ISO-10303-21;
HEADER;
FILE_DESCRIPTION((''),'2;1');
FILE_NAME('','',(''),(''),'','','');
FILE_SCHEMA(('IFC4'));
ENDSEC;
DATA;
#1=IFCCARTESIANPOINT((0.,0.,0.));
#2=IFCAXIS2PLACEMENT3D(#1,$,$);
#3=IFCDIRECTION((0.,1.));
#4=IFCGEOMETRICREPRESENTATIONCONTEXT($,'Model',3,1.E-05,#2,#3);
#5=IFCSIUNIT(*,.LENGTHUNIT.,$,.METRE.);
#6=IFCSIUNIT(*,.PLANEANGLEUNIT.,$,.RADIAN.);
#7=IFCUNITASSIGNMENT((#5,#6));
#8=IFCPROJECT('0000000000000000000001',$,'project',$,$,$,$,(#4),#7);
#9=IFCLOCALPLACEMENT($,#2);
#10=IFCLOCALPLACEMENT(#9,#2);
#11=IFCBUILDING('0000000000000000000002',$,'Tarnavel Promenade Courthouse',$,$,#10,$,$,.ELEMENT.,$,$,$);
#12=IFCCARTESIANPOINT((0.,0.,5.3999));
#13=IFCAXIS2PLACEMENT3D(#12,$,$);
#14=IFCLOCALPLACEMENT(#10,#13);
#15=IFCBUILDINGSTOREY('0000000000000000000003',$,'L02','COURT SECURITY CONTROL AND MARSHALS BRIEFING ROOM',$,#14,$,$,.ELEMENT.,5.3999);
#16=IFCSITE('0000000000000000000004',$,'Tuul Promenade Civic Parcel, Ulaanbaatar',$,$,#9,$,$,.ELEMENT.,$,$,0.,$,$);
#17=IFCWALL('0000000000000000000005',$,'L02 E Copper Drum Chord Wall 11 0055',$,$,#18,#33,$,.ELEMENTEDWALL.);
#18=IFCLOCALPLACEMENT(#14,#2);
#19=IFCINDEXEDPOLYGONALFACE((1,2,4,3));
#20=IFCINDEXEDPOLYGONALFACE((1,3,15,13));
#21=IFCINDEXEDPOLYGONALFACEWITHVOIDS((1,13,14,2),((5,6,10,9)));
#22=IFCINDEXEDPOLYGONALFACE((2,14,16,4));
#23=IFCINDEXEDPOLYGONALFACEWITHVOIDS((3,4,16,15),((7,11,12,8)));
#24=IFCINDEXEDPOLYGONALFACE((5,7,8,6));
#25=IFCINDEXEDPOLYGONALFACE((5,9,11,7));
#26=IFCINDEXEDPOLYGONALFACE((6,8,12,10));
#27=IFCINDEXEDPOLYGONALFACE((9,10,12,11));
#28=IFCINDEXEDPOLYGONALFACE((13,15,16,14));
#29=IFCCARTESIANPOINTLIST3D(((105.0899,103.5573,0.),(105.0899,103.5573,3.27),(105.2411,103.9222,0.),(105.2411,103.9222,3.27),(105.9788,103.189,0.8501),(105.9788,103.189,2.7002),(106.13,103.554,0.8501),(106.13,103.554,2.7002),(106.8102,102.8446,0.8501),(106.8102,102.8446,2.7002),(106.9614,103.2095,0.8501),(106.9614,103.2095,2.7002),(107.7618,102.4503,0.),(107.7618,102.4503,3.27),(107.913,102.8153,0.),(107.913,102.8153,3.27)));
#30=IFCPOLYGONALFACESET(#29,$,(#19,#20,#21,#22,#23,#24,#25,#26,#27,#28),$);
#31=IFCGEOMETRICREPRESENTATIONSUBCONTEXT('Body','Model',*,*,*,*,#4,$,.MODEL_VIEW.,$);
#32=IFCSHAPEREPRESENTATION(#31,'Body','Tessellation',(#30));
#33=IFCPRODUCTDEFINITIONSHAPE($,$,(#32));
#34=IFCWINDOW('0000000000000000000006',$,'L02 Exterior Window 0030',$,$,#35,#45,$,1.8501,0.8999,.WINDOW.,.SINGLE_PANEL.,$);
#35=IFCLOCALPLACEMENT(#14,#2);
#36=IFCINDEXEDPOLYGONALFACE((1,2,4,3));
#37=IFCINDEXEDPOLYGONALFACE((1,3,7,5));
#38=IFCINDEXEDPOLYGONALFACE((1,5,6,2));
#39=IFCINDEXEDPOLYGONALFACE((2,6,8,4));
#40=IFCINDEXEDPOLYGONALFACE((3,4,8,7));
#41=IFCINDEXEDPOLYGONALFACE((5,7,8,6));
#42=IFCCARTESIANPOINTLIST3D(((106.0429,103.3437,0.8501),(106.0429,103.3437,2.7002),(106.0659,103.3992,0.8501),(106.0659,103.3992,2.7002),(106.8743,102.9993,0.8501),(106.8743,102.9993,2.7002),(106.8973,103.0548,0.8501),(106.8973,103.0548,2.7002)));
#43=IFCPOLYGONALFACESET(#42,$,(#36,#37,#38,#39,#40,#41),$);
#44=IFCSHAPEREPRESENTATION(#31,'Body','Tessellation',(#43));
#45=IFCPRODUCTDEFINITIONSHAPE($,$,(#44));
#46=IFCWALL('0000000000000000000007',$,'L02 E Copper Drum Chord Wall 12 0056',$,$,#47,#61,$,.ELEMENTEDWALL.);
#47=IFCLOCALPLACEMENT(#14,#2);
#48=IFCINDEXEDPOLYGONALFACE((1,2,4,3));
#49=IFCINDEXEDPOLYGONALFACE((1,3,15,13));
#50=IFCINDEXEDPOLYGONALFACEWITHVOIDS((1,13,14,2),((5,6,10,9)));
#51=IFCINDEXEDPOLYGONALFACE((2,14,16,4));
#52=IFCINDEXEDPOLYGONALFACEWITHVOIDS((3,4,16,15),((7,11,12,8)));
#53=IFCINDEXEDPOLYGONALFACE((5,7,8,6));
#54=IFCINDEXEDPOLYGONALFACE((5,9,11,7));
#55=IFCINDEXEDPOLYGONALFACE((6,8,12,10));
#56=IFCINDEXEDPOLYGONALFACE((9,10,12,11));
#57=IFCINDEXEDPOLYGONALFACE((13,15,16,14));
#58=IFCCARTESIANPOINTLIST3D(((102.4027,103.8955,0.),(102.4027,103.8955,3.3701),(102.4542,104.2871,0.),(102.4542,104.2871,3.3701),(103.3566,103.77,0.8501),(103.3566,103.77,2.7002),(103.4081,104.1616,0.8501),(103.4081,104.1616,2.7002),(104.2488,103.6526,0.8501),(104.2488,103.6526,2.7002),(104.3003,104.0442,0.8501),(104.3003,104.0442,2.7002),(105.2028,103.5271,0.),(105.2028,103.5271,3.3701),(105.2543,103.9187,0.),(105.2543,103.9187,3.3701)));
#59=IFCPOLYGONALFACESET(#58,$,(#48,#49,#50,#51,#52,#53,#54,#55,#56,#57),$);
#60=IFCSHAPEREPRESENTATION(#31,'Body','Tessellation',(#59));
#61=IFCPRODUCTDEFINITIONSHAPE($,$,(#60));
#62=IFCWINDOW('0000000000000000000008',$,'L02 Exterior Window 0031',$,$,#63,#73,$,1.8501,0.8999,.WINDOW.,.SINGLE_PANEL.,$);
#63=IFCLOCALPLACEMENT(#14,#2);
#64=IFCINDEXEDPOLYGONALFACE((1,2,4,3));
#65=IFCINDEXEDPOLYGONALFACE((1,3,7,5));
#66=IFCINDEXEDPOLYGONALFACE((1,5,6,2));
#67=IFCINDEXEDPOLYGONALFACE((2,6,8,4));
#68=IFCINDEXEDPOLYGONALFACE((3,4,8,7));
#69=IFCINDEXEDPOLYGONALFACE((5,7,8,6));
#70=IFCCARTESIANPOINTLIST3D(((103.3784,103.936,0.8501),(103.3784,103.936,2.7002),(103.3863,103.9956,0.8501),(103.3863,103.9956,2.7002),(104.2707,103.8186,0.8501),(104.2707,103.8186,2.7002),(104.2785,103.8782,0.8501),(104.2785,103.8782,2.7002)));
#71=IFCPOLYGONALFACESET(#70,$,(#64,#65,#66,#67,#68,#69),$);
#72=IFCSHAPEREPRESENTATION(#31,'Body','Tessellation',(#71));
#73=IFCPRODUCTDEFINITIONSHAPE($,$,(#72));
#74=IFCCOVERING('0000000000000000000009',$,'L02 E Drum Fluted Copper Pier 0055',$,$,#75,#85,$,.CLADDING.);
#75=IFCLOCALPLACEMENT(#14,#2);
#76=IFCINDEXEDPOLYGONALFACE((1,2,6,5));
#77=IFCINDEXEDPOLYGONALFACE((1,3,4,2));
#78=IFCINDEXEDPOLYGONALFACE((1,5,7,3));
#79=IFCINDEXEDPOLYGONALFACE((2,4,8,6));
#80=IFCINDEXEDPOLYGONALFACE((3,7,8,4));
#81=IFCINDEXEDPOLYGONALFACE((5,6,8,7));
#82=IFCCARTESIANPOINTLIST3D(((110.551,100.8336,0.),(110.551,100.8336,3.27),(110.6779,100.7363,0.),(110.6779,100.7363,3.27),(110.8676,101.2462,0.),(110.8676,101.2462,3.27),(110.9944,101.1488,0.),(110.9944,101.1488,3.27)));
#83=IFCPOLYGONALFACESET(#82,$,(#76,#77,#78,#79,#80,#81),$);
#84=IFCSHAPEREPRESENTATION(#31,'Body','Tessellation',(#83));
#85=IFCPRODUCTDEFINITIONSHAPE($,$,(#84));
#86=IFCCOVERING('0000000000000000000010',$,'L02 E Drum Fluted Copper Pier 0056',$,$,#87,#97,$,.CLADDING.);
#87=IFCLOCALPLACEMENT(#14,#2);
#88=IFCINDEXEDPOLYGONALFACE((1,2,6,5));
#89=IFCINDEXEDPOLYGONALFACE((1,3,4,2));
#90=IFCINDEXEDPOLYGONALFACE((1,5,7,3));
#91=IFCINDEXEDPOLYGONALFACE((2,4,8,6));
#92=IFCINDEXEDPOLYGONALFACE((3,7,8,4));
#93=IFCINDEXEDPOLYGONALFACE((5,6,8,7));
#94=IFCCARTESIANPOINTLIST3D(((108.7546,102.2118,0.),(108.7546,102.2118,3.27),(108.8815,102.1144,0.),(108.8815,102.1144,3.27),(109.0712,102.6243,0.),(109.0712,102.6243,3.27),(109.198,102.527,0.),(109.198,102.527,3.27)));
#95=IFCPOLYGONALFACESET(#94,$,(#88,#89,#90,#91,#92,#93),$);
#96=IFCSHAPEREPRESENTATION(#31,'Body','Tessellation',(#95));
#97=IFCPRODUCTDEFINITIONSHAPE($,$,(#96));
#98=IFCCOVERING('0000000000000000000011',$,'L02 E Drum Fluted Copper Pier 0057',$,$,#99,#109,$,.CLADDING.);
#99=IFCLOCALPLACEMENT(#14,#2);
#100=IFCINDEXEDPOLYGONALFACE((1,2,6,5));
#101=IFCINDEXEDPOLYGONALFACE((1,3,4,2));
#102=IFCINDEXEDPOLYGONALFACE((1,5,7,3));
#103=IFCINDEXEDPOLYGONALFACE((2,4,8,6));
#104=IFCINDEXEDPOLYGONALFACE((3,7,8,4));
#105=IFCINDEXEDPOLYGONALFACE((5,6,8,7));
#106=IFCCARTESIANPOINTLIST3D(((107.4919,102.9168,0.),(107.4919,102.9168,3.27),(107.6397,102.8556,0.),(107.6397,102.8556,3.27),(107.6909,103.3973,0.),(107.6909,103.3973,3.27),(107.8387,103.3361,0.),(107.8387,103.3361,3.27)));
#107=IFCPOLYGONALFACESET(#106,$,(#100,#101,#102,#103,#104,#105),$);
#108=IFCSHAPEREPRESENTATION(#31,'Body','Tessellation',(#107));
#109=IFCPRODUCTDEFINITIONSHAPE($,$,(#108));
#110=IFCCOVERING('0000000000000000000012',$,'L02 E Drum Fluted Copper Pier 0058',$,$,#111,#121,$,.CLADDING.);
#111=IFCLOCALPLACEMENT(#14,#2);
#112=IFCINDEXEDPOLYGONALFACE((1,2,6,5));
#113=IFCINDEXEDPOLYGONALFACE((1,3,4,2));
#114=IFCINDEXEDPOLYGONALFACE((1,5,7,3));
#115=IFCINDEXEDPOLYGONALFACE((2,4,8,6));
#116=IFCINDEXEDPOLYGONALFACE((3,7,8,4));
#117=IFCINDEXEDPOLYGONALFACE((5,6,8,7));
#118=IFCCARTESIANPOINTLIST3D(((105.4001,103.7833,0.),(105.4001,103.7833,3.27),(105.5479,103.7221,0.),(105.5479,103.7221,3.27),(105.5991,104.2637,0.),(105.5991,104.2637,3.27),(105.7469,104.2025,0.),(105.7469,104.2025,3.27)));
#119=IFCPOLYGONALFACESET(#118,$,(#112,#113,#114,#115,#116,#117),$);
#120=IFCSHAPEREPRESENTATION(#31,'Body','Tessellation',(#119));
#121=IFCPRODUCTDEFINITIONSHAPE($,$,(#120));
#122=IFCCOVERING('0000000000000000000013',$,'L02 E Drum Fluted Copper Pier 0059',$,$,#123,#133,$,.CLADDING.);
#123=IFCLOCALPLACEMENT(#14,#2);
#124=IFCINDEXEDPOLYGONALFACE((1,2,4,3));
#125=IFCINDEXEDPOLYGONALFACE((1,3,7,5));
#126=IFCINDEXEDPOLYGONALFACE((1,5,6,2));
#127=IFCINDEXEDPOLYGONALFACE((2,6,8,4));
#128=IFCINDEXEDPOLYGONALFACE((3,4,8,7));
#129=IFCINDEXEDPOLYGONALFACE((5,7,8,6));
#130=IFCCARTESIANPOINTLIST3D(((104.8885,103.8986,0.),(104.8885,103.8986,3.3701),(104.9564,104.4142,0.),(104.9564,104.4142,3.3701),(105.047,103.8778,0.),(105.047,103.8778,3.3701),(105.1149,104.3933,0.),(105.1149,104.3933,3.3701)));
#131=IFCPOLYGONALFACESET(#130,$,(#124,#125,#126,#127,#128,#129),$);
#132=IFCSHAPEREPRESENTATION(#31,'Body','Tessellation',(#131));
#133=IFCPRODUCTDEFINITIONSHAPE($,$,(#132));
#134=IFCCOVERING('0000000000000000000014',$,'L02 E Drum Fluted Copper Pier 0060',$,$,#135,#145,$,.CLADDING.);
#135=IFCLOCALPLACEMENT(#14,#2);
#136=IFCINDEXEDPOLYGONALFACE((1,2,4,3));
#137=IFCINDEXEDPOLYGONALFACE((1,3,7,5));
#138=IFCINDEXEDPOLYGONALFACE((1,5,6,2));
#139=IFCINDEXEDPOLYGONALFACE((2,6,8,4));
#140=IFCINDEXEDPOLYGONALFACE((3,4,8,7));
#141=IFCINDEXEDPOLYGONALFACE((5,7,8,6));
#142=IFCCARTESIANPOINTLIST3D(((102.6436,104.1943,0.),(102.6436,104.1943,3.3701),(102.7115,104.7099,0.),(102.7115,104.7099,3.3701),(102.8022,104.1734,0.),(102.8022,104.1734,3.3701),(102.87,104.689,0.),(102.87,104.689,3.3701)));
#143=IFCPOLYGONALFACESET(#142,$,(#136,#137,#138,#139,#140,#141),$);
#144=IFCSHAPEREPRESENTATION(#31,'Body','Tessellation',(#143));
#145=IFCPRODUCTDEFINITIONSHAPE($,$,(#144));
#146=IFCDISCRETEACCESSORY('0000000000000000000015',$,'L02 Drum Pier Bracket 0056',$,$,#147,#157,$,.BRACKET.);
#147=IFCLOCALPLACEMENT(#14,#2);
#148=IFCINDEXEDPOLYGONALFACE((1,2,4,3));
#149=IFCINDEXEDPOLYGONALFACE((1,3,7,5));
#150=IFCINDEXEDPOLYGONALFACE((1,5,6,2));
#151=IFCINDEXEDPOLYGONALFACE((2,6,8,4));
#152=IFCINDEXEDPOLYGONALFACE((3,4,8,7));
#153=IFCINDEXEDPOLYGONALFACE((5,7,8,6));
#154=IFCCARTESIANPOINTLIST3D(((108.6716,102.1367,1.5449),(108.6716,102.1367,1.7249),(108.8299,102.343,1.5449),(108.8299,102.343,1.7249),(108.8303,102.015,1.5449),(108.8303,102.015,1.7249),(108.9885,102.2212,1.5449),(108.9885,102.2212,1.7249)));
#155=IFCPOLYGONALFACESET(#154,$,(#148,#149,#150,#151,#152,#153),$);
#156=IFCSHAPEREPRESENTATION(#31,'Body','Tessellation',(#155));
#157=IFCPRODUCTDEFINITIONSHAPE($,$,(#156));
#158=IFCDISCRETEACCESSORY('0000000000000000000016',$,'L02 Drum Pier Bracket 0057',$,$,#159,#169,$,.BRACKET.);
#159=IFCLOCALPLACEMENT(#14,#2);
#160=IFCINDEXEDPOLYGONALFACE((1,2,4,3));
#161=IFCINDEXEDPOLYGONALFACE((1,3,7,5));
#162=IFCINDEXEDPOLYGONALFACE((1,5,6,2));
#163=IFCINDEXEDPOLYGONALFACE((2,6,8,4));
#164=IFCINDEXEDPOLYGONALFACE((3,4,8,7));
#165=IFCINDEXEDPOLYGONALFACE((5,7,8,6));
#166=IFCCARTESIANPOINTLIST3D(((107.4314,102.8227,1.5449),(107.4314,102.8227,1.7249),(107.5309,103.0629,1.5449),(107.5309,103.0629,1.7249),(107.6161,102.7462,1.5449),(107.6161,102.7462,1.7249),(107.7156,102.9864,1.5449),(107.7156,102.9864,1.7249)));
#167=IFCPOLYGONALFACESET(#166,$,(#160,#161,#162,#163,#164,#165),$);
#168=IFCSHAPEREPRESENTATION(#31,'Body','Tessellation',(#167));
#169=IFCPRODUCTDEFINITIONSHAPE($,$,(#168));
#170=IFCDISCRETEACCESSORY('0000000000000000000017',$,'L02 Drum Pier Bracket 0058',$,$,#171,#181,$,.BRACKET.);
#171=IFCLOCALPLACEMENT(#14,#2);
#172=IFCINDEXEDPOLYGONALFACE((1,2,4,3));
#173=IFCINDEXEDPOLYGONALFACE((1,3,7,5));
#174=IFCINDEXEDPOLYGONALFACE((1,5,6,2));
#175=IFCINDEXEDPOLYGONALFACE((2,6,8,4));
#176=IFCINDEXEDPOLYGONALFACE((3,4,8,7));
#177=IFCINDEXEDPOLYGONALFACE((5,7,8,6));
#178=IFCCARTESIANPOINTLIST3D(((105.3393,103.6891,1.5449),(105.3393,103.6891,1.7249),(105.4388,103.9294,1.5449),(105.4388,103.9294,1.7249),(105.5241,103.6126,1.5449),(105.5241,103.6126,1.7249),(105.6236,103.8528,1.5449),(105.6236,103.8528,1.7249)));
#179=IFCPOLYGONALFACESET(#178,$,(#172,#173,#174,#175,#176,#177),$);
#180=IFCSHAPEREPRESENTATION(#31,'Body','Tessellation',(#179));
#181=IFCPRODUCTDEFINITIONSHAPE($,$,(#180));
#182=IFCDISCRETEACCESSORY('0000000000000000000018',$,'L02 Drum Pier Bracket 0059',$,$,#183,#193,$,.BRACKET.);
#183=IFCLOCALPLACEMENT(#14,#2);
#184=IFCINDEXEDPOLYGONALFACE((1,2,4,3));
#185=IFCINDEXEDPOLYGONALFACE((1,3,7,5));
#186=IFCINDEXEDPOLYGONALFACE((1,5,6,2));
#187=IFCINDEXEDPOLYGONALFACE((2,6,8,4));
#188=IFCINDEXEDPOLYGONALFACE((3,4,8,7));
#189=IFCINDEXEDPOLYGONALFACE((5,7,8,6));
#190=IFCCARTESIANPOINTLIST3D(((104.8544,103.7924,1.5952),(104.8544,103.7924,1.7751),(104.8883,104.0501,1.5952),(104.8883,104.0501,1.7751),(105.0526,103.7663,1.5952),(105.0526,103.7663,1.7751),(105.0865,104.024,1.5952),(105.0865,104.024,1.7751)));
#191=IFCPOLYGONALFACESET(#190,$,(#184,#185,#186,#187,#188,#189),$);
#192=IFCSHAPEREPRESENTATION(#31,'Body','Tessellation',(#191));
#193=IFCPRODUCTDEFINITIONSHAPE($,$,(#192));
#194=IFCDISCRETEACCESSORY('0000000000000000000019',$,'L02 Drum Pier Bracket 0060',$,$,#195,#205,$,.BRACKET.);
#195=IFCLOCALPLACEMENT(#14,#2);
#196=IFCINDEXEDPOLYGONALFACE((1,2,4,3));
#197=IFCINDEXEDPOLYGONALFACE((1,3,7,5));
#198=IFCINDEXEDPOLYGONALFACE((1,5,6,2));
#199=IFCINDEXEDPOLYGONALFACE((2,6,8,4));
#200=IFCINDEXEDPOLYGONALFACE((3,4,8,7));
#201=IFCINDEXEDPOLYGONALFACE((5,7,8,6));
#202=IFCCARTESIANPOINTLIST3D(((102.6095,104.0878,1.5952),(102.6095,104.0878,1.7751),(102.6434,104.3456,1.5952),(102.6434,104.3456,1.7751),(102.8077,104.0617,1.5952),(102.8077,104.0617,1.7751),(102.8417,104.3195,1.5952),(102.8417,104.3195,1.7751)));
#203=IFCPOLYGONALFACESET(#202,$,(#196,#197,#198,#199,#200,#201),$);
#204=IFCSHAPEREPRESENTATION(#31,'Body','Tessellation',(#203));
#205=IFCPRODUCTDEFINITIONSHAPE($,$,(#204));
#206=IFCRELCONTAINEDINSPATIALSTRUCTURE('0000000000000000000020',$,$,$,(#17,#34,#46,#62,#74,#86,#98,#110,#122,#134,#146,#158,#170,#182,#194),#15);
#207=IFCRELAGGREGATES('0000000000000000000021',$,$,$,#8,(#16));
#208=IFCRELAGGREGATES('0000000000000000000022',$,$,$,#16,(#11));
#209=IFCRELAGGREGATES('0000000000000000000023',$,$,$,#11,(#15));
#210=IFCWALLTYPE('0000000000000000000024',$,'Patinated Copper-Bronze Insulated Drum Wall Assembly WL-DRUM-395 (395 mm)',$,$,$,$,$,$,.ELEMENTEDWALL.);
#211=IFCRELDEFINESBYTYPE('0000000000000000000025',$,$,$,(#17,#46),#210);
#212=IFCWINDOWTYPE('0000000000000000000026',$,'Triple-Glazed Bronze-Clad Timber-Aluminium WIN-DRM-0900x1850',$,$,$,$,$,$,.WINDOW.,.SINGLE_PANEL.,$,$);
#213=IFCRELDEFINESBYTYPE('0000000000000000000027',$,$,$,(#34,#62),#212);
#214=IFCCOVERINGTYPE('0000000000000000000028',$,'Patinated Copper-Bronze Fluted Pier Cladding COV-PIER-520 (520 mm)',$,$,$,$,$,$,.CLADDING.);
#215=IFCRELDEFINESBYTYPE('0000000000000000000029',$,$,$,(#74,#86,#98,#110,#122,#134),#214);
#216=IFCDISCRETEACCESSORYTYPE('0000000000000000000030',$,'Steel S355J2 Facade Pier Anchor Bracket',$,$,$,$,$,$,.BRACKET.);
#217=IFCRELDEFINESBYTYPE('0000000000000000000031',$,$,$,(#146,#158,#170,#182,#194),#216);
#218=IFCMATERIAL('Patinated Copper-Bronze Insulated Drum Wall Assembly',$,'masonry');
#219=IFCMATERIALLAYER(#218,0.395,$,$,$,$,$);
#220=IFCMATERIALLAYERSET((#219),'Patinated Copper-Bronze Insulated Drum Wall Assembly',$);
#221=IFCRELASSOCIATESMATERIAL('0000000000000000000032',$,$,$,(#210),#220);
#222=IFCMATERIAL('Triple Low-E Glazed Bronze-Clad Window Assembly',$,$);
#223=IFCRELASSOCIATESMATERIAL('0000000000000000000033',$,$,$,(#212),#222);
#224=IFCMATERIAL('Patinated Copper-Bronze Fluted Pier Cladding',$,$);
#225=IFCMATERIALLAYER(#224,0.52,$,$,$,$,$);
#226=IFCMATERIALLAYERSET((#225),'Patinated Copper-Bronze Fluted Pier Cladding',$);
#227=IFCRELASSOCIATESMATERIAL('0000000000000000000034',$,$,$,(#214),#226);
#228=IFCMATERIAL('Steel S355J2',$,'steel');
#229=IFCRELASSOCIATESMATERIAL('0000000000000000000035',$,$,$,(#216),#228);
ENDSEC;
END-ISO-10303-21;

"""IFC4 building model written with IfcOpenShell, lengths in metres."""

from ifc_helpers import new_model, si_unit, direction, frame, frame_2d, origin, origin_2d, place, context, subcontext, project, spatial, rectangle, extrude, material, layer, layer_set, type_object, element, fill, save


model = new_model("IFC4")

# Units and contexts
model_context = context("Model", 3, precision=1e-05, world=origin(), true_north=direction((0.0, 1.0)))
body_context = subcontext(model_context, "Body", "Model", "MODEL_VIEW")
ifc_project = project(units=[si_unit("LENGTHUNIT", "METRE"), si_unit("PLANEANGLEUNIT", "RADIAN")], contexts=[model_context])

# Site, building, storey
site_placement = place(None, origin())
site = spatial("IfcSite", under=ifc_project, at=site_placement, Name="Tuul Promenade Civic Parcel, Ulaanbaatar", CompositionType="ELEMENT", RefElevation=0.0)
building_placement = place(site_placement, origin())
building = spatial("IfcBuilding", under=site, at=building_placement, Name="Tarnavel Promenade Courthouse", CompositionType="ELEMENT")
storey_placement = place(building_placement, frame((0.0, 0.0, 5.3999)))
storey = spatial("IfcBuildingStorey", under=building, at=storey_placement, Name="L02", Description="COURT SECURITY CONTROL AND MARSHALS BRIEFING ROOM", CompositionType="ELEMENT", Elevation=5.3999)

# Shared definitions
ifc_material_1 = material(Name="Steel S355J2", Category="steel")

# Walls, openings, windows
ifc_material_2 = material(Name="Patinated Copper-Bronze Insulated Drum Wall Assembly", Category="masonry")
ifc_layer_1 = layer(ifc_material_2, 0.395)
ifc_layer_set_1 = layer_set([ifc_layer_1], Name="Patinated Copper-Bronze Insulated Drum Wall Assembly")
wall_type = type_object("IfcWallType", Name="Patinated Copper-Bronze Insulated Drum Wall Assembly WL-DRUM-395 (395 mm)", PredefinedType="ELEMENTEDWALL", material=ifc_layer_set_1)
wall_1_placement = place(storey_placement, frame((107.8374, 102.6328, 0.0), z_axis=(0.0, 0.0, 1.0), x_axis=(-0.923854, 0.382744, 0.0)))
wall_1 = element("IfcWall", 1, at=wall_1_placement, inside=storey, type_object=wall_type, Name="L02 E Copper Drum Chord Wall 11 0055", PredefinedType="ELEMENTEDWALL", context=body_context, shape_type="SweptSolid", body=[
    extrude(rectangle(XDim=2.8921, YDim=0.395, at=frame_2d((1.446, 0.0))), origin(), (0.0, 0.0, 1.0), 3.27),
])
opening_1_placement = place(wall_1_placement, frame((1.03, 0.0, 0.8501)))
opening_1 = element("IfcOpeningElement", 2, at=opening_1_placement, cuts=wall_1, PredefinedType="OPENING", context=body_context, shape_type="SweptSolid", body=[
    extrude(rectangle(XDim=0.8999, YDim=1.8501, at=frame_2d((0.45, 0.925))), frame((0.0, 0.2075, 0.0), z_axis=(0.0, -1.0, 0.0), x_axis=(1.0, 0.0, 0.0)), (0.0, 0.0, 1.0), 0.415),
])
ifc_material_3 = material(Name="Triple Low-E Glazed Bronze-Clad Window Assembly")
window_type = type_object("IfcWindowType", Name="Triple-Glazed Bronze-Clad Timber-Aluminium WIN-DRM-0900x1850", PartitioningType="SINGLE_PANEL", PredefinedType="WINDOW", material=ifc_material_3)
window_1_placement = place(opening_1_placement, origin())
window_1 = element("IfcWindow", 3, at=window_1_placement, inside=storey, type_object=window_type, Name="L02 Exterior Window 0030", OverallHeight=1.8501, OverallWidth=0.8999, PartitioningType="SINGLE_PANEL", PredefinedType="WINDOW", context=body_context, shape_type="SweptSolid", body=[
    extrude(rectangle(XDim=0.8999, YDim=1.8501, at=frame_2d((0.45, 0.925))), frame((0.0, 0.03, 0.0), z_axis=(0.0, -1.0, 0.0), x_axis=(1.0, 0.0, 0.0)), (0.0, 0.0, 1.0), 0.0601),
])
fill(opening_1, window_1)
wall_2_placement = place(storey_placement, frame((105.2285, 103.7229, 0.0), z_axis=(0.0, 0.0, 1.0), x_axis=(-0.991455, 0.130448, 0.0)))
wall_2 = element("IfcWall", 4, at=wall_2_placement, inside=storey, type_object=wall_type, Name="L02 E Copper Drum Chord Wall 12 0056", PredefinedType="ELEMENTEDWALL", context=body_context, shape_type="SweptSolid", body=[
    extrude(rectangle(XDim=2.8242, YDim=0.395, at=frame_2d((1.4121, 0.0))), origin(), (0.0, 0.0, 1.0), 3.3701),
])
opening_2_placement = place(wall_2_placement, frame((0.9622, 0.0, 0.8501)))
opening_2 = element("IfcOpeningElement", 5, at=opening_2_placement, cuts=wall_2, PredefinedType="OPENING", context=body_context, shape_type="SweptSolid", body=[
    extrude(rectangle(XDim=0.8999, YDim=1.8501, at=frame_2d((0.45, 0.925))), frame((0.0, 0.2075, 0.0), z_axis=(0.0, -1.0, 0.0), x_axis=(1.0, 0.0, 0.0)), (0.0, 0.0, 1.0), 0.415),
])
window_2_placement = place(opening_2_placement, origin())
window_2 = element("IfcWindow", 6, at=window_2_placement, inside=storey, type_object=window_type, Name="L02 Exterior Window 0031", OverallHeight=1.8501, OverallWidth=0.8999, PartitioningType="SINGLE_PANEL", PredefinedType="WINDOW", context=body_context, shape_type="SweptSolid", body=[
    extrude(rectangle(XDim=0.8999, YDim=1.8501, at=frame_2d((0.45, 0.925))), frame((0.0, 0.03, 0.0), z_axis=(0.0, -1.0, 0.0), x_axis=(1.0, 0.0, 0.0)), (0.0, 0.0, 1.0), 0.0601),
])
fill(opening_2, window_2)

# Coverings
ifc_material_4 = material(Name="Patinated Copper-Bronze Fluted Pier Cladding")
ifc_layer_2 = layer(ifc_material_4, 0.52)
ifc_layer_set_2 = layer_set([ifc_layer_2], Name="Patinated Copper-Bronze Fluted Pier Cladding")
covering_type = type_object("IfcCoveringType", Name="Patinated Copper-Bronze Fluted Pier Cladding COV-PIER-520 (520 mm)", PredefinedType="CLADDING", material=ifc_layer_set_2)
for number, where, z_axis, x_axis, name in (
    (7, (110.7727, 100.9912, 0.0), (0.0, 0.0, 1.0), (-0.793353, 0.608761, 0.0), "L02 E Drum Fluted Copper Pier 0055"),
    (8, (108.9763, 102.3694, 0.0), (0.0, 0.0, 1.0), (-0.793353, 0.608761, 0.0), "L02 E Drum Fluted Copper Pier 0056"),
    (9, (107.6653, 103.1265, 0.0), (0.0, 0.0, 1.0), (-0.92388, 0.382683, 0.0), "L02 E Drum Fluted Copper Pier 0057"),
    (10, (105.5735, 103.9929, 0.0), (0.0, 0.0, 1.0), (-0.92388, 0.382683, 0.0), "L02 E Drum Fluted Copper Pier 0058"),
):
    element("IfcCovering", number, at=place(storey_placement, frame(where, z_axis=z_axis, x_axis=x_axis)), inside=storey, type_object=covering_type, Name=name, PredefinedType="CLADDING", context=body_context, shape_type="SweptSolid", body=[
        extrude(rectangle(XDim=0.1599, YDim=0.52, at=origin_2d()), origin(), (0.0, 0.0, 1.0), 3.27),
    ])
for number, where, z_axis, x_axis, name in (
    (11, (105.0017, 104.146, 0.0), (0.0, 0.0, 1.0), (-0.991445, 0.130526, 0.0), "L02 E Drum Fluted Copper Pier 0059"),
    (12, (102.7568, 104.4417, 0.0), (0.0, 0.0, 1.0), (-0.991445, 0.130526, 0.0), "L02 E Drum Fluted Copper Pier 0060"),
):
    element("IfcCovering", number, at=place(storey_placement, frame(where, z_axis=z_axis, x_axis=x_axis)), inside=storey, type_object=covering_type, Name=name, PredefinedType="CLADDING", context=body_context, shape_type="SweptSolid", body=[
        extrude(rectangle(XDim=0.1599, YDim=0.52, at=origin_2d()), origin(), (0.0, 0.0, 1.0), 3.3701),
    ])

# Discrete accessories
discrete_accessory_type = type_object("IfcDiscreteAccessoryType", Name="Steel S355J2 Facade Pier Anchor Bracket", PredefinedType="BRACKET", material=ifc_material_1)
for number, where, z_axis, x_axis, name in (
    (13, (108.8301, 102.179, 1.5449), (0.0, 0.0, 1.0), (-0.793353, 0.608761, 0.0), "L02 Drum Pier Bracket 0056"),
    (14, (107.5735, 102.9045, 1.5449), (0.0, 0.0, 1.0), (-0.92388, 0.382683, 0.0), "L02 Drum Pier Bracket 0057"),
    (15, (105.4814, 103.771, 1.5449), (0.0, 0.0, 1.0), (-0.92388, 0.382683, 0.0), "L02 Drum Pier Bracket 0058"),
    (16, (104.9705, 103.9082, 1.5952), (0.0, 0.0, 1.0), (-0.991445, 0.130526, 0.0), "L02 Drum Pier Bracket 0059"),
    (17, (102.7256, 104.2036, 1.5952), (0.0, 0.0, 1.0), (-0.991445, 0.130526, 0.0), "L02 Drum Pier Bracket 0060"),
):
    element("IfcDiscreteAccessory", number, at=place(storey_placement, frame(where, z_axis=z_axis, x_axis=x_axis)), inside=storey, type_object=discrete_accessory_type, Name=name, PredefinedType="BRACKET", context=body_context, shape_type="SweptSolid", body=[
        extrude(rectangle(XDim=0.2, YDim=0.26, at=origin_2d()), origin(), (0.0, 0.0, 1.0), 0.1799),
    ])

save(model, "model.ifc")
